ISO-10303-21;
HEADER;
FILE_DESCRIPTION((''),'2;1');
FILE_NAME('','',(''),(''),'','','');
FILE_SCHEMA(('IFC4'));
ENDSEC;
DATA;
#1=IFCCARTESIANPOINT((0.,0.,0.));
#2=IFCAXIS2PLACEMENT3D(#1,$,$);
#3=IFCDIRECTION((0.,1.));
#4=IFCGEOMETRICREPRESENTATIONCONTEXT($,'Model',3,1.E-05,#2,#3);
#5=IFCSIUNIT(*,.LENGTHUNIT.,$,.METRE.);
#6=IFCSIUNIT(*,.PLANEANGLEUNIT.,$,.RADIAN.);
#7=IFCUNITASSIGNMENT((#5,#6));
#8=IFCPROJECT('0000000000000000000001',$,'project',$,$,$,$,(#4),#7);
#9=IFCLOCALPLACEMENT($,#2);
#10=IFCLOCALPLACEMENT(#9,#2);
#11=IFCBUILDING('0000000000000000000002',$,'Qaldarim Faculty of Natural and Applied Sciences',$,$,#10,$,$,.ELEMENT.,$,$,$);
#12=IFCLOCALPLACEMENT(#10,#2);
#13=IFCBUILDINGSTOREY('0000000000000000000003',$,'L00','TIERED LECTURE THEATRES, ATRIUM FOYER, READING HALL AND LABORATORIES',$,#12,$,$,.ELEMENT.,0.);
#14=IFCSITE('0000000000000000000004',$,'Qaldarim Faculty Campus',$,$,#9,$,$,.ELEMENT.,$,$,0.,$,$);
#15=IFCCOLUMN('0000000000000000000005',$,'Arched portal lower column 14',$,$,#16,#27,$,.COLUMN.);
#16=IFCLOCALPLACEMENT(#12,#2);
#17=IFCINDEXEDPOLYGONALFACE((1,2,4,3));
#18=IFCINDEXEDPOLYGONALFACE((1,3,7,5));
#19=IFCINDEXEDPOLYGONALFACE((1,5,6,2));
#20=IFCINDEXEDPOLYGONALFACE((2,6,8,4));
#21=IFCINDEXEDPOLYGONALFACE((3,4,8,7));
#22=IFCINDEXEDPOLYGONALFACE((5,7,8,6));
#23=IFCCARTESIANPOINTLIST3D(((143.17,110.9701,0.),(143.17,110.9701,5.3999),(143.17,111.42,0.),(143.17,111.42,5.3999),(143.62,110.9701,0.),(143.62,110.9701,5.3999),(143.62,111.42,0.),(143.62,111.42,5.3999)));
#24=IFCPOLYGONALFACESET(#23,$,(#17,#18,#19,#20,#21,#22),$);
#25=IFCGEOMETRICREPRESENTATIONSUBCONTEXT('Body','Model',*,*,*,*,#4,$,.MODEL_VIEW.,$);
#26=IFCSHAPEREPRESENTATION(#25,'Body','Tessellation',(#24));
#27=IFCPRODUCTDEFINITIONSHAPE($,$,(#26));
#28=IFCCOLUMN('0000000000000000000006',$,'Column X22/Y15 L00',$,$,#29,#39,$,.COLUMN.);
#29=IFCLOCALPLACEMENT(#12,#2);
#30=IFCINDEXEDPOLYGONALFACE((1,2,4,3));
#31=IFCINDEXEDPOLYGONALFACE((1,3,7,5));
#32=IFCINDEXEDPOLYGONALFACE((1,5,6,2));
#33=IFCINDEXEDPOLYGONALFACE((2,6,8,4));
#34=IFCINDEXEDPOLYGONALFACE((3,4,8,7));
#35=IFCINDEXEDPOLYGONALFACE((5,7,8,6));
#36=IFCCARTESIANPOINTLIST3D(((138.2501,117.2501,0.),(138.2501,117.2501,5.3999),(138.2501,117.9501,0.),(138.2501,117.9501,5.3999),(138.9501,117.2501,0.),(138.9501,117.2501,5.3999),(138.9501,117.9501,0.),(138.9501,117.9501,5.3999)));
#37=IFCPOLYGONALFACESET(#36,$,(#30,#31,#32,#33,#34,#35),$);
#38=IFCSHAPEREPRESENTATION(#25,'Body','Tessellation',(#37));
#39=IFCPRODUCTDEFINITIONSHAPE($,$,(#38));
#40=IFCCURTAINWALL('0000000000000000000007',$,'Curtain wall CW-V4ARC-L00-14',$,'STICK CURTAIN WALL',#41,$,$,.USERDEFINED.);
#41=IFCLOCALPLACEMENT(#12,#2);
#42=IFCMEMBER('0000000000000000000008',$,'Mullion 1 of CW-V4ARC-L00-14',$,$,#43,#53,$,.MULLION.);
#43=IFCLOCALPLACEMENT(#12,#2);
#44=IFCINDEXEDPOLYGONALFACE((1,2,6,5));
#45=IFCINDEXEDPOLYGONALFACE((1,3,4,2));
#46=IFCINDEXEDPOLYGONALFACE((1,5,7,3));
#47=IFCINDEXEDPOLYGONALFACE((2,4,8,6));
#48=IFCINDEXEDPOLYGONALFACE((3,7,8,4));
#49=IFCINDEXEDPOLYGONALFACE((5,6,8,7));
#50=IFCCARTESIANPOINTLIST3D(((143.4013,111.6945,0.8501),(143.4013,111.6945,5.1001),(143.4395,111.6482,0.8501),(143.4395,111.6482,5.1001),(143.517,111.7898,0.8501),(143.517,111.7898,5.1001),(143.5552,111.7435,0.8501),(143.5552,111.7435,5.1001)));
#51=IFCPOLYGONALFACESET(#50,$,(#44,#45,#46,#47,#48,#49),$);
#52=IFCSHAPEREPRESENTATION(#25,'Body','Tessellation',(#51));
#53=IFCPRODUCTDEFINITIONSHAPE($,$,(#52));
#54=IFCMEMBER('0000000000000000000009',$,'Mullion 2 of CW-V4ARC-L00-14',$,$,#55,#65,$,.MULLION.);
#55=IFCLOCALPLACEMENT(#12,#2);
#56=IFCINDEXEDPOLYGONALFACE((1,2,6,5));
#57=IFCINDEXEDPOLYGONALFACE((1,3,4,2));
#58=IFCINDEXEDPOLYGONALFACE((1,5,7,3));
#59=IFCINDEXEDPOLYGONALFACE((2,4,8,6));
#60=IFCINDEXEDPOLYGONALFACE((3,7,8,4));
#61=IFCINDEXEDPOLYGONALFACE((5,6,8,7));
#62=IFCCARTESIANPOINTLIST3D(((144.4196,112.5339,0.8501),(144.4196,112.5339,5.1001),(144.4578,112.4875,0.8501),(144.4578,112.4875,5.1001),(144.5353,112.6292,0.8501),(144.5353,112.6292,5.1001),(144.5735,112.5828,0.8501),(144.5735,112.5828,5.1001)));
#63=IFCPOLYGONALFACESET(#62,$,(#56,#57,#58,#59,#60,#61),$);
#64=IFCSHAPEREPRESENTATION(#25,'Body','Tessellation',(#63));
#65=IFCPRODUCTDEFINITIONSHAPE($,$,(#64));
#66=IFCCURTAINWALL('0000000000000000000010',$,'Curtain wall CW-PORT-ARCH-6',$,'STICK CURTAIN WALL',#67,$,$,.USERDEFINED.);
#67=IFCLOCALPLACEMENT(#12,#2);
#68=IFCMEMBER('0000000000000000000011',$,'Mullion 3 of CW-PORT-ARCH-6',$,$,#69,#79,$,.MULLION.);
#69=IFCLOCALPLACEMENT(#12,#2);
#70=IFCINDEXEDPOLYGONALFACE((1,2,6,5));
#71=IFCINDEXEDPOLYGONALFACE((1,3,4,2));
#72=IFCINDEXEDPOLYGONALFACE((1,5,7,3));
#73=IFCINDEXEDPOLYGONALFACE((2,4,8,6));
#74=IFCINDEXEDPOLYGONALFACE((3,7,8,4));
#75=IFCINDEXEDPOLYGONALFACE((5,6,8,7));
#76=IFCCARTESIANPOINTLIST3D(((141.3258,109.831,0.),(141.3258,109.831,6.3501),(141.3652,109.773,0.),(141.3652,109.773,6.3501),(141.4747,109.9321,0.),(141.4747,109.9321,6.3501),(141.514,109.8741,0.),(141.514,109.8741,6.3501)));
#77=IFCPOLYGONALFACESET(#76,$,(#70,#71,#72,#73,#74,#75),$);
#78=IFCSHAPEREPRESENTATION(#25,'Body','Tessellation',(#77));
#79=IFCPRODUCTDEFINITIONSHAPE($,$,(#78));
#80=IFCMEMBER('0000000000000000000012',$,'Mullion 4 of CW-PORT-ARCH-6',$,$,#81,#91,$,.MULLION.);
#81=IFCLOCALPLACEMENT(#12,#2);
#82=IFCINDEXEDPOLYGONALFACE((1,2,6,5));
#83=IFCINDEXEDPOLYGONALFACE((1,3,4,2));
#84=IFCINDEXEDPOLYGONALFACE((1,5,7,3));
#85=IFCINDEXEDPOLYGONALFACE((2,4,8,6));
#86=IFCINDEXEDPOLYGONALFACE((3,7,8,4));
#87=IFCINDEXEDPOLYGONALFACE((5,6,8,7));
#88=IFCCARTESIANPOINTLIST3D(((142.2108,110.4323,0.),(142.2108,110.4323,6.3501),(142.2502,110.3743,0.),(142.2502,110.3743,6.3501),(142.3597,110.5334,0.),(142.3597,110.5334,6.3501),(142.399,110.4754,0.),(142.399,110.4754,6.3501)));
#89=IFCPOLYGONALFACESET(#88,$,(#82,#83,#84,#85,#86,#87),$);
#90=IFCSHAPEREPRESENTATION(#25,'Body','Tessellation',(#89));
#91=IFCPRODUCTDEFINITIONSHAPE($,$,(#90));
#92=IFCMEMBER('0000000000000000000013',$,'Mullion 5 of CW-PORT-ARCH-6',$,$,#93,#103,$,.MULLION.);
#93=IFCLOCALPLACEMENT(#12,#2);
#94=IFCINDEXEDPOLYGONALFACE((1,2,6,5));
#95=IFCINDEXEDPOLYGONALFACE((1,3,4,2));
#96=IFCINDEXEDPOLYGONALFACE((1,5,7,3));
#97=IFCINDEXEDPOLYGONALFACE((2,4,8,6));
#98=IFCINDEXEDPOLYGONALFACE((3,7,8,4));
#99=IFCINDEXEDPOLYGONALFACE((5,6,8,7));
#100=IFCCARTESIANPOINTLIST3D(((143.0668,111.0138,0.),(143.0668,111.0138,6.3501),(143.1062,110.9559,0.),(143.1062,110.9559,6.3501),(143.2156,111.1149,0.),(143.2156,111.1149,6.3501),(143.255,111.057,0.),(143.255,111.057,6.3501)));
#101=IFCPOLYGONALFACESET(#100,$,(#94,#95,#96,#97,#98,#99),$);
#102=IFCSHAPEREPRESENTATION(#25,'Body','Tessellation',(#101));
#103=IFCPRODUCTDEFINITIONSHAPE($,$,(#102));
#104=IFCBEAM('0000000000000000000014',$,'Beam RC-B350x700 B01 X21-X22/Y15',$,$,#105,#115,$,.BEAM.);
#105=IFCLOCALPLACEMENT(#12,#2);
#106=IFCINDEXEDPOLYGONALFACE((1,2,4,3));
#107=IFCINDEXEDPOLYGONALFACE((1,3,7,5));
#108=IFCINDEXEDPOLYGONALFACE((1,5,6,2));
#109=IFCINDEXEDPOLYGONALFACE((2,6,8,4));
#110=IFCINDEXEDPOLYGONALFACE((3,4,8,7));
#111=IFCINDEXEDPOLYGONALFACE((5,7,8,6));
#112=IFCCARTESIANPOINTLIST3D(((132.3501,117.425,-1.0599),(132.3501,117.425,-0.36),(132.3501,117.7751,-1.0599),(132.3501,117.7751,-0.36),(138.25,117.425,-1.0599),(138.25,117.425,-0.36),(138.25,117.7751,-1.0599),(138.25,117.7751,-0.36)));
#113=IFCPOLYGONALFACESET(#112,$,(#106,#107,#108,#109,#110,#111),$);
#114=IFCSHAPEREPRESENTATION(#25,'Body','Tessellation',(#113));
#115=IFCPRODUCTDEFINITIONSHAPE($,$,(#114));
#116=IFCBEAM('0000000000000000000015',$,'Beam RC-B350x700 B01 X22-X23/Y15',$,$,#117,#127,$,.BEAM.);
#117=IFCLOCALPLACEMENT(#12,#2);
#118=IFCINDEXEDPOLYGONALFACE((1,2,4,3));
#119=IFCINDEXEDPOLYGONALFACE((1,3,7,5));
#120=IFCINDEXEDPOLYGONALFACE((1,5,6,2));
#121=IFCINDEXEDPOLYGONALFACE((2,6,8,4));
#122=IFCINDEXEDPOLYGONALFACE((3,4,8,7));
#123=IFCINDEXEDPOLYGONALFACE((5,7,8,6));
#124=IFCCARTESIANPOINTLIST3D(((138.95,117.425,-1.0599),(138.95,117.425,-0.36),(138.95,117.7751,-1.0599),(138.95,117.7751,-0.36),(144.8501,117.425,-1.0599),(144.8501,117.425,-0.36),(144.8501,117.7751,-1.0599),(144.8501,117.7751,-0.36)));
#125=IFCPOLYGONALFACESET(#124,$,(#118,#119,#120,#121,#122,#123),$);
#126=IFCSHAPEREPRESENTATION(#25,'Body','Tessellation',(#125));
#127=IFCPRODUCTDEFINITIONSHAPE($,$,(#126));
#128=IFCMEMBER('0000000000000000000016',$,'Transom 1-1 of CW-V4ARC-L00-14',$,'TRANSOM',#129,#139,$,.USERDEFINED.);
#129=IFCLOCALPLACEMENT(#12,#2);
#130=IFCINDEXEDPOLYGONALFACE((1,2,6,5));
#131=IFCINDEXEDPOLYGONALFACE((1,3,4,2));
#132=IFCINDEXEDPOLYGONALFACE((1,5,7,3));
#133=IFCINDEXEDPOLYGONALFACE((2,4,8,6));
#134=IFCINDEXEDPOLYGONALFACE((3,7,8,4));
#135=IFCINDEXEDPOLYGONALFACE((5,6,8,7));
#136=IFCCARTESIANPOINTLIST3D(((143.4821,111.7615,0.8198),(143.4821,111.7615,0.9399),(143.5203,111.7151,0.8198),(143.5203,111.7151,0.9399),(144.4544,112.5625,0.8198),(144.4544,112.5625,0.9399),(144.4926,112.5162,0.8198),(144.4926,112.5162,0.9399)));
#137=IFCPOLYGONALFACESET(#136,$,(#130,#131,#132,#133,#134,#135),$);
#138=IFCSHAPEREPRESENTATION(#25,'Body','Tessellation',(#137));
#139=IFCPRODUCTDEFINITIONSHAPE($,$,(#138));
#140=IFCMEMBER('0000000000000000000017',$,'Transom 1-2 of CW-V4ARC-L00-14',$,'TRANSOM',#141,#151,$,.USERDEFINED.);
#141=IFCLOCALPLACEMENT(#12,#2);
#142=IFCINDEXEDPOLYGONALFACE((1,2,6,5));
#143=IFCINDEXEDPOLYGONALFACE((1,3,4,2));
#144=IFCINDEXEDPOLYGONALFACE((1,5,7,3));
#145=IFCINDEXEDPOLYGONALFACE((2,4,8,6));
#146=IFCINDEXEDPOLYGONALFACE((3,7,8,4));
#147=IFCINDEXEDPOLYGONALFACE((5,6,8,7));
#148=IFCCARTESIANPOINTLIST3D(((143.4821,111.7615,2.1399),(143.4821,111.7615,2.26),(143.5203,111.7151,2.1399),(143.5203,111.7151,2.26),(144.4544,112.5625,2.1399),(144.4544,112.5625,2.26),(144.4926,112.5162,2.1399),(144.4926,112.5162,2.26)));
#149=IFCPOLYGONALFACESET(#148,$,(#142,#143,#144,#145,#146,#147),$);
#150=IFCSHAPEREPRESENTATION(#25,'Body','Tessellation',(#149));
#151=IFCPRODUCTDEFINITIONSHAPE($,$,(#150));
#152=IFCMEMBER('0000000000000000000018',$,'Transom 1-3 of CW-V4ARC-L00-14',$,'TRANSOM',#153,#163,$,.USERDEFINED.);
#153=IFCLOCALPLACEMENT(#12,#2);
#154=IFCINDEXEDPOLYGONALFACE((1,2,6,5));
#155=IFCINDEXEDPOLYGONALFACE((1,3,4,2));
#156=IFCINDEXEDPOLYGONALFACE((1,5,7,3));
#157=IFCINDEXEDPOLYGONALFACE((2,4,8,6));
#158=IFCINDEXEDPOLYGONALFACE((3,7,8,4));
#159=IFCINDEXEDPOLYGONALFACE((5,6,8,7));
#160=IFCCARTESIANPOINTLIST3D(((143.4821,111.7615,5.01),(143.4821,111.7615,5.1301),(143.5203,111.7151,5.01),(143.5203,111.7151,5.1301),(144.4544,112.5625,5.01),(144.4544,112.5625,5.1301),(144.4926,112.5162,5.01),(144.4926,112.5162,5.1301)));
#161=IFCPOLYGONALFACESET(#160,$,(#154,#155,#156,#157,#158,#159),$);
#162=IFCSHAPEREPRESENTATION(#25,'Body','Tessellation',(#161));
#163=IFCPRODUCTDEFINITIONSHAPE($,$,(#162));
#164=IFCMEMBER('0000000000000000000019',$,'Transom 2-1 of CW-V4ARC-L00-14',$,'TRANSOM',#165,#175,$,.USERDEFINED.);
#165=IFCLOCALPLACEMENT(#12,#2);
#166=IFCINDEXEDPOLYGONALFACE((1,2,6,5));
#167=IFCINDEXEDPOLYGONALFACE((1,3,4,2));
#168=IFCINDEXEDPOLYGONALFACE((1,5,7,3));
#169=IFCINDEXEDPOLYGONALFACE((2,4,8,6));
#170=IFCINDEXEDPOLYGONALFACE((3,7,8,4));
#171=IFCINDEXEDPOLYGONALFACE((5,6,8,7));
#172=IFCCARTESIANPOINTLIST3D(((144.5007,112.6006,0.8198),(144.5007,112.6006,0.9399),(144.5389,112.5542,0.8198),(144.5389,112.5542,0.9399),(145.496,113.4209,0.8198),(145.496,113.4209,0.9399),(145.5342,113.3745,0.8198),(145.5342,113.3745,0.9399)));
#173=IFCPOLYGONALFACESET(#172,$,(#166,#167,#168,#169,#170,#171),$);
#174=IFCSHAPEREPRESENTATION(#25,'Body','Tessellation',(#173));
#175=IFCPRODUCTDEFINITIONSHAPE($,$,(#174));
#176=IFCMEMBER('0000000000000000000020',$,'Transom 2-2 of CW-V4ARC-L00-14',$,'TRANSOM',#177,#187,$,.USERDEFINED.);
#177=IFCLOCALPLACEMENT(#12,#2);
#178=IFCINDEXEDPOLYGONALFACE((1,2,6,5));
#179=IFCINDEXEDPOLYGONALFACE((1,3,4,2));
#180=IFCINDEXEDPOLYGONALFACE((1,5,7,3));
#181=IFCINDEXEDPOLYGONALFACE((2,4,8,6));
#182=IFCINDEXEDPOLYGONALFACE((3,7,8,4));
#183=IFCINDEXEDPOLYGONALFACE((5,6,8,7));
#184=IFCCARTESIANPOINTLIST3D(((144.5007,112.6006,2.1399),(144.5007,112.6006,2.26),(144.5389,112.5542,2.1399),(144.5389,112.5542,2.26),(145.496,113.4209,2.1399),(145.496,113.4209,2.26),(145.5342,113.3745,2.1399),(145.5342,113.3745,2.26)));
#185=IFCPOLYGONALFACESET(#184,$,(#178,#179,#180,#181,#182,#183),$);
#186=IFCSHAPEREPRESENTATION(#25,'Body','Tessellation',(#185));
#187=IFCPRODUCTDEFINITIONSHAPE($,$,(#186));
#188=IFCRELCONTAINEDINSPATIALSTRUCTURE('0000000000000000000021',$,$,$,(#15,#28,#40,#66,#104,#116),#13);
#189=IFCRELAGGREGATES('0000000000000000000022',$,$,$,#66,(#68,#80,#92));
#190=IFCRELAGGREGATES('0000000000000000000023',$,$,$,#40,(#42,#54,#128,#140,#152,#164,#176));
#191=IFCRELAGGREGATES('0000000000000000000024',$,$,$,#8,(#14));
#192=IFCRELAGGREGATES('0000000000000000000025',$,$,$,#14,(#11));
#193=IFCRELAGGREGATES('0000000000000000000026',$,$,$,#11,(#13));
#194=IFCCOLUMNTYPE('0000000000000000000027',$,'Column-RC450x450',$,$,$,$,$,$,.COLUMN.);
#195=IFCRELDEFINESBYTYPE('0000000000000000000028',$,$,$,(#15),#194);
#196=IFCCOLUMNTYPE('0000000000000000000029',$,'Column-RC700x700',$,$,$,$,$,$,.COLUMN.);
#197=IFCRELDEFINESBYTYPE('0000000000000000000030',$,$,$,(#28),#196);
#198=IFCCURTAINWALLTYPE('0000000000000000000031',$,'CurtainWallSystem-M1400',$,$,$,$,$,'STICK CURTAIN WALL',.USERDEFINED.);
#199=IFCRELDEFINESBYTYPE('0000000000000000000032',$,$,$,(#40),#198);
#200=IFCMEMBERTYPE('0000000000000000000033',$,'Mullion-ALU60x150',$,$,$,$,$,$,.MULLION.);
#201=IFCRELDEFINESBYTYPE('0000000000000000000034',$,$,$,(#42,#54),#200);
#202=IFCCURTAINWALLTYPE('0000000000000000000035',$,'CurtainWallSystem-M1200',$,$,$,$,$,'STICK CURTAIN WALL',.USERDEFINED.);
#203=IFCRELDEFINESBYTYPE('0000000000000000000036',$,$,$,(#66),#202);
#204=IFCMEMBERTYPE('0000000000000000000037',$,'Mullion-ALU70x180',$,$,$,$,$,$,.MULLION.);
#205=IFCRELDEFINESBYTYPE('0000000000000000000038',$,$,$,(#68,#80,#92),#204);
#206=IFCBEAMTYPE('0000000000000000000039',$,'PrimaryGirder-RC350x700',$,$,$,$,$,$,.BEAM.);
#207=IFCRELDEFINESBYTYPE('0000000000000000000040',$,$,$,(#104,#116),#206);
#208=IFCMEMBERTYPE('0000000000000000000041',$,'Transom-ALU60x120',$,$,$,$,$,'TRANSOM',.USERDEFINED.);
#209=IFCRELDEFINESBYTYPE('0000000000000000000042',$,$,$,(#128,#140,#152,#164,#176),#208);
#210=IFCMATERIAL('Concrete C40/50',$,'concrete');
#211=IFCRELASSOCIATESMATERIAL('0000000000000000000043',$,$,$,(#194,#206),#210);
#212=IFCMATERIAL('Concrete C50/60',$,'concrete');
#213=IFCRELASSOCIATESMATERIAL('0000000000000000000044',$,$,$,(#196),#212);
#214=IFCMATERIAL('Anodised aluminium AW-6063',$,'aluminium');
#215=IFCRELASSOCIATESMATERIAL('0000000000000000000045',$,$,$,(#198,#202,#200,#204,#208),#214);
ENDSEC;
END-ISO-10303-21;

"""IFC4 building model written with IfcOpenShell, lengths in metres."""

from ifc_helpers import new_model, si_unit, direction, frame, origin, origin_2d, place, context, subcontext, project, spatial, rectangle, extrude, material, material_profile, profile_set, type_object, element, aggregate, save


model = new_model("IFC4")

# Units and contexts
model_context = context("Model", 3, precision=1e-05, world=origin(), true_north=direction((0.0, 1.0)))
body_context = subcontext(model_context, "Body", "Model", "MODEL_VIEW")
ifc_project = project(units=[si_unit("LENGTHUNIT", "METRE"), si_unit("PLANEANGLEUNIT", "RADIAN")], contexts=[model_context])

# Site, building, storey
site_placement = place(None, origin())
site = spatial("IfcSite", under=ifc_project, at=site_placement, Name="Qaldarim Faculty Campus", CompositionType="ELEMENT", RefElevation=0.0)
building_placement = place(site_placement, origin())
building = spatial("IfcBuilding", under=site, at=building_placement, Name="Qaldarim Faculty of Natural and Applied Sciences", CompositionType="ELEMENT")
storey_placement = place(building_placement, origin())
storey = spatial("IfcBuildingStorey", under=building, at=storey_placement, Name="L00", Description="TIERED LECTURE THEATRES, ATRIUM FOYER, READING HALL AND LABORATORIES", CompositionType="ELEMENT", Elevation=0.0)

# Columns
ifc_material_1 = material(Name="Concrete C40/50", Category="concrete")
ifc_material_profile_1 = material_profile(ifc_material_1, rectangle(XDim=0.45, YDim=0.45, at=origin_2d()), Name="RC-C450x450")
ifc_profile_set_1 = profile_set([ifc_material_profile_1], Name="Concrete C40/50")
column_type_1 = type_object("IfcColumnType", Name="Column-RC450x450", PredefinedType="COLUMN", material=ifc_profile_set_1)
column_1_placement = place(storey_placement, frame((143.395, 111.1951, 0.0), z_axis=(0.0, 0.0, 1.0), x_axis=(1.0, 0.0, 0.0)))
element("IfcColumn", 1, at=column_1_placement, inside=storey, type_object=column_type_1, Name="Arched portal lower column 14", PredefinedType="COLUMN", context=body_context, shape_type="SweptSolid", body=[
    extrude(rectangle(XDim=0.45, YDim=0.45, at=origin_2d()), origin(), (0.0, 0.0, 1.0), 5.3999),
])
ifc_material_2 = material(Name="Concrete C50/60", Category="concrete")
ifc_material_profile_2 = material_profile(ifc_material_2, rectangle(XDim=0.7, YDim=0.7, at=origin_2d()), Name="RC-C700x700")
ifc_profile_set_2 = profile_set([ifc_material_profile_2], Name="Concrete C50/60")
column_type_2 = type_object("IfcColumnType", Name="Column-RC700x700", PredefinedType="COLUMN", material=ifc_profile_set_2)
column_2_placement = place(storey_placement, frame((138.6001, 117.6001, 0.0), z_axis=(0.0, 0.0, 1.0), x_axis=(1.0, 0.0, 0.0)))
element("IfcColumn", 2, at=column_2_placement, inside=storey, type_object=column_type_2, Name="Column X22/Y15 L00", PredefinedType="COLUMN", context=body_context, shape_type="SweptSolid", body=[
    extrude(rectangle(XDim=0.7, YDim=0.7, at=origin_2d()), origin(), (0.0, 0.0, 1.0), 5.3999),
])

# Curtain walls, members
ifc_material_3 = material(Name="Anodised aluminium AW-6063", Category="aluminium")
curtain_wall_type_1 = type_object("IfcCurtainWallType", Name="CurtainWallSystem-M1400", ElementType="STICK CURTAIN WALL", PredefinedType="USERDEFINED", material=ifc_material_3)
curtain_wall_1_placement = place(storey_placement, origin())
curtain_wall_1 = element("IfcCurtainWall", 3, at=curtain_wall_1_placement, inside=storey, type_object=curtain_wall_type_1, Name="Curtain wall CW-V4ARC-L00-14", ObjectType="STICK CURTAIN WALL", PredefinedType="USERDEFINED")
ifc_material_profile_3 = material_profile(ifc_material_3, rectangle(XDim=0.0601, YDim=0.1499, at=origin_2d()), Name="ALU-M60x150")
ifc_profile_set_3 = profile_set([ifc_material_profile_3], Name="Anodised aluminium AW-6063")
member_type_1 = type_object("IfcMemberType", Name="Mullion-ALU60x150", PredefinedType="MULLION", material=ifc_profile_set_3)
member_1_placement = place(storey_placement, frame((143.4783, 111.719, 0.8501), z_axis=(0.0, 0.0, 1.0), x_axis=(-0.63593, 0.771747, 0.0)))
member_1 = element("IfcMember", 4, at=member_1_placement, type_object=member_type_1, Name="Mullion 1 of CW-V4ARC-L00-14", PredefinedType="MULLION", context=body_context, shape_type="SweptSolid", body=[
    extrude(rectangle(XDim=0.0601, YDim=0.1499, at=origin_2d()), origin(), (0.0, 0.0, 1.0), 4.25),
])
member_2_placement = place(storey_placement, frame((144.4966, 112.5583, 0.8501), z_axis=(0.0, 0.0, 1.0), x_axis=(-0.63593, 0.771747, 0.0)))
member_2 = element("IfcMember", 5, at=member_2_placement, type_object=member_type_1, Name="Mullion 2 of CW-V4ARC-L00-14", PredefinedType="MULLION", context=body_context, shape_type="SweptSolid", body=[
    extrude(rectangle(XDim=0.0601, YDim=0.1499, at=origin_2d()), origin(), (0.0, 0.0, 1.0), 4.25),
])
curtain_wall_type_2 = type_object("IfcCurtainWallType", Name="CurtainWallSystem-M1200", ElementType="STICK CURTAIN WALL", PredefinedType="USERDEFINED", material=ifc_material_3)
curtain_wall_2_placement = place(storey_placement, origin())
curtain_wall_2 = element("IfcCurtainWall", 6, at=curtain_wall_2_placement, inside=storey, type_object=curtain_wall_type_2, Name="Curtain wall CW-PORT-ARCH-6", ObjectType="STICK CURTAIN WALL", PredefinedType="USERDEFINED")
ifc_material_profile_4 = material_profile(ifc_material_3, rectangle(XDim=0.0701, YDim=0.1799, at=origin_2d()), Name="ALU-M70x180")
ifc_profile_set_4 = profile_set([ifc_material_profile_4], Name="Anodised aluminium AW-6063")
member_type_2 = type_object("IfcMemberType", Name="Mullion-ALU70x180", PredefinedType="MULLION", material=ifc_profile_set_4)
member_3_placement = place(storey_placement, frame((141.4199, 109.8525, 0.0), z_axis=(0.0, 0.0, 1.0), x_axis=(-0.561953, 0.827169, 0.0)))
member_3 = element("IfcMember", 7, at=member_3_placement, type_object=member_type_2, Name="Mullion 3 of CW-PORT-ARCH-6", PredefinedType="MULLION", context=body_context, shape_type="SweptSolid", body=[
    extrude(rectangle(XDim=0.0701, YDim=0.1799, at=origin_2d()), origin(), (0.0, 0.0, 1.0), 6.3501),
])
member_4_placement = place(storey_placement, frame((142.3049, 110.4539, 0.0), z_axis=(0.0, 0.0, 1.0), x_axis=(-0.561953, 0.827169, 0.0)))
member_4 = element("IfcMember", 8, at=member_4_placement, type_object=member_type_2, Name="Mullion 4 of CW-PORT-ARCH-6", PredefinedType="MULLION", context=body_context, shape_type="SweptSolid", body=[
    extrude(rectangle(XDim=0.0701, YDim=0.1799, at=origin_2d()), origin(), (0.0, 0.0, 1.0), 6.3501),
])
member_5_placement = place(storey_placement, frame((143.1609, 111.0354, 0.0), z_axis=(0.0, 0.0, 1.0), x_axis=(-0.561953, 0.827169, 0.0)))
member_5 = element("IfcMember", 9, at=member_5_placement, type_object=member_type_2, Name="Mullion 5 of CW-PORT-ARCH-6", PredefinedType="MULLION", context=body_context, shape_type="SweptSolid", body=[
    extrude(rectangle(XDim=0.0701, YDim=0.1799, at=origin_2d()), origin(), (0.0, 0.0, 1.0), 6.3501),
])

# Beams
ifc_material_profile_5 = material_profile(ifc_material_1, rectangle(XDim=0.3501, YDim=0.7, at=origin_2d()), Name="RC-B350x700")
ifc_profile_set_5 = profile_set([ifc_material_profile_5], Name="Concrete C40/50")
beam_type = type_object("IfcBeamType", Name="PrimaryGirder-RC350x700", PredefinedType="BEAM", material=ifc_profile_set_5)
beam_1_placement = place(storey_placement, frame((132.3501, 117.6001, -0.71), z_axis=(1.0, 0.0, 0.0), x_axis=(0.0, 1.0, 0.0)))
element("IfcBeam", 10, at=beam_1_placement, inside=storey, type_object=beam_type, Name="Beam RC-B350x700 B01 X21-X22/Y15", PredefinedType="BEAM", context=body_context, shape_type="SweptSolid", body=[
    extrude(rectangle(XDim=0.3501, YDim=0.7, at=origin_2d()), origin(), (0.0, 0.0, 1.0), 5.8999),
])
beam_2_placement = place(storey_placement, frame((138.95, 117.6001, -0.71), z_axis=(1.0, 0.0, 0.0), x_axis=(0.0, 1.0, 0.0)))
element("IfcBeam", 11, at=beam_2_placement, inside=storey, type_object=beam_type, Name="Beam RC-B350x700 B01 X22-X23/Y15", PredefinedType="BEAM", context=body_context, shape_type="SweptSolid", body=[
    extrude(rectangle(XDim=0.3501, YDim=0.7, at=origin_2d()), origin(), (0.0, 0.0, 1.0), 5.9001),
])

# Members
ifc_material_profile_6 = material_profile(ifc_material_3, rectangle(XDim=0.0601, YDim=0.1201, at=origin_2d()), Name="ALU-T60x120")
ifc_profile_set_6 = profile_set([ifc_material_profile_6], Name="Anodised aluminium AW-6063")
member_type_3 = type_object("IfcMemberType", Name="Transom-ALU60x120", ElementType="TRANSOM", PredefinedType="USERDEFINED", material=ifc_profile_set_6)
member_6_placement = place(storey_placement, frame((143.5012, 111.7383, 0.8799), z_axis=(0.771768, 0.635904, 0.0), x_axis=(-0.635904, 0.771768, 0.0)))
member_6 = element("IfcMember", 12, at=member_6_placement, type_object=member_type_3, Name="Transom 1-1 of CW-V4ARC-L00-14", ObjectType="TRANSOM", PredefinedType="USERDEFINED", context=body_context, shape_type="SweptSolid", body=[
    extrude(rectangle(XDim=0.0601, YDim=0.1201, at=origin_2d()), origin(), (0.0, 0.0, 1.0), 1.2598),
])
member_7_placement = place(storey_placement, frame((143.5012, 111.7383, 2.2), z_axis=(0.771768, 0.635904, 0.0), x_axis=(-0.635904, 0.771768, 0.0)))
member_7 = element("IfcMember", 13, at=member_7_placement, type_object=member_type_3, Name="Transom 1-2 of CW-V4ARC-L00-14", ObjectType="TRANSOM", PredefinedType="USERDEFINED", context=body_context, shape_type="SweptSolid", body=[
    extrude(rectangle(XDim=0.0601, YDim=0.1201, at=origin_2d()), origin(), (0.0, 0.0, 1.0), 1.2598),
])
member_8_placement = place(storey_placement, frame((143.5012, 111.7383, 5.0701), z_axis=(0.771768, 0.635904, 0.0), x_axis=(-0.635904, 0.771768, 0.0)))
member_8 = element("IfcMember", 14, at=member_8_placement, type_object=member_type_3, Name="Transom 1-3 of CW-V4ARC-L00-14", ObjectType="TRANSOM", PredefinedType="USERDEFINED", context=body_context, shape_type="SweptSolid", body=[
    extrude(rectangle(XDim=0.0601, YDim=0.1201, at=origin_2d()), origin(), (0.0, 0.0, 1.0), 1.2598),
])
member_9_placement = place(storey_placement, frame((144.5198, 112.5774, 0.8799), z_axis=(0.771701, 0.635986, 0.0), x_axis=(-0.635986, 0.771701, 0.0)))
member_9 = element("IfcMember", 15, at=member_9_placement, type_object=member_type_3, Name="Transom 2-1 of CW-V4ARC-L00-14", ObjectType="TRANSOM", PredefinedType="USERDEFINED", context=body_context, shape_type="SweptSolid", body=[
    extrude(rectangle(XDim=0.0601, YDim=0.1201, at=origin_2d()), origin(), (0.0, 0.0, 1.0), 1.2898),
])
member_10_placement = place(storey_placement, frame((144.5198, 112.5774, 2.2), z_axis=(0.771701, 0.635986, 0.0), x_axis=(-0.635986, 0.771701, 0.0)))
member_10 = element("IfcMember", 16, at=member_10_placement, type_object=member_type_3, Name="Transom 2-2 of CW-V4ARC-L00-14", ObjectType="TRANSOM", PredefinedType="USERDEFINED", context=body_context, shape_type="SweptSolid", body=[
    extrude(rectangle(XDim=0.0601, YDim=0.1201, at=origin_2d()), origin(), (0.0, 0.0, 1.0), 1.2898),
])

aggregate(curtain_wall_2, [member_3, member_4, member_5])
aggregate(curtain_wall_1, [member_1, member_2, member_6, member_7, member_8, member_9, member_10])

save(model, "model.ifc")
